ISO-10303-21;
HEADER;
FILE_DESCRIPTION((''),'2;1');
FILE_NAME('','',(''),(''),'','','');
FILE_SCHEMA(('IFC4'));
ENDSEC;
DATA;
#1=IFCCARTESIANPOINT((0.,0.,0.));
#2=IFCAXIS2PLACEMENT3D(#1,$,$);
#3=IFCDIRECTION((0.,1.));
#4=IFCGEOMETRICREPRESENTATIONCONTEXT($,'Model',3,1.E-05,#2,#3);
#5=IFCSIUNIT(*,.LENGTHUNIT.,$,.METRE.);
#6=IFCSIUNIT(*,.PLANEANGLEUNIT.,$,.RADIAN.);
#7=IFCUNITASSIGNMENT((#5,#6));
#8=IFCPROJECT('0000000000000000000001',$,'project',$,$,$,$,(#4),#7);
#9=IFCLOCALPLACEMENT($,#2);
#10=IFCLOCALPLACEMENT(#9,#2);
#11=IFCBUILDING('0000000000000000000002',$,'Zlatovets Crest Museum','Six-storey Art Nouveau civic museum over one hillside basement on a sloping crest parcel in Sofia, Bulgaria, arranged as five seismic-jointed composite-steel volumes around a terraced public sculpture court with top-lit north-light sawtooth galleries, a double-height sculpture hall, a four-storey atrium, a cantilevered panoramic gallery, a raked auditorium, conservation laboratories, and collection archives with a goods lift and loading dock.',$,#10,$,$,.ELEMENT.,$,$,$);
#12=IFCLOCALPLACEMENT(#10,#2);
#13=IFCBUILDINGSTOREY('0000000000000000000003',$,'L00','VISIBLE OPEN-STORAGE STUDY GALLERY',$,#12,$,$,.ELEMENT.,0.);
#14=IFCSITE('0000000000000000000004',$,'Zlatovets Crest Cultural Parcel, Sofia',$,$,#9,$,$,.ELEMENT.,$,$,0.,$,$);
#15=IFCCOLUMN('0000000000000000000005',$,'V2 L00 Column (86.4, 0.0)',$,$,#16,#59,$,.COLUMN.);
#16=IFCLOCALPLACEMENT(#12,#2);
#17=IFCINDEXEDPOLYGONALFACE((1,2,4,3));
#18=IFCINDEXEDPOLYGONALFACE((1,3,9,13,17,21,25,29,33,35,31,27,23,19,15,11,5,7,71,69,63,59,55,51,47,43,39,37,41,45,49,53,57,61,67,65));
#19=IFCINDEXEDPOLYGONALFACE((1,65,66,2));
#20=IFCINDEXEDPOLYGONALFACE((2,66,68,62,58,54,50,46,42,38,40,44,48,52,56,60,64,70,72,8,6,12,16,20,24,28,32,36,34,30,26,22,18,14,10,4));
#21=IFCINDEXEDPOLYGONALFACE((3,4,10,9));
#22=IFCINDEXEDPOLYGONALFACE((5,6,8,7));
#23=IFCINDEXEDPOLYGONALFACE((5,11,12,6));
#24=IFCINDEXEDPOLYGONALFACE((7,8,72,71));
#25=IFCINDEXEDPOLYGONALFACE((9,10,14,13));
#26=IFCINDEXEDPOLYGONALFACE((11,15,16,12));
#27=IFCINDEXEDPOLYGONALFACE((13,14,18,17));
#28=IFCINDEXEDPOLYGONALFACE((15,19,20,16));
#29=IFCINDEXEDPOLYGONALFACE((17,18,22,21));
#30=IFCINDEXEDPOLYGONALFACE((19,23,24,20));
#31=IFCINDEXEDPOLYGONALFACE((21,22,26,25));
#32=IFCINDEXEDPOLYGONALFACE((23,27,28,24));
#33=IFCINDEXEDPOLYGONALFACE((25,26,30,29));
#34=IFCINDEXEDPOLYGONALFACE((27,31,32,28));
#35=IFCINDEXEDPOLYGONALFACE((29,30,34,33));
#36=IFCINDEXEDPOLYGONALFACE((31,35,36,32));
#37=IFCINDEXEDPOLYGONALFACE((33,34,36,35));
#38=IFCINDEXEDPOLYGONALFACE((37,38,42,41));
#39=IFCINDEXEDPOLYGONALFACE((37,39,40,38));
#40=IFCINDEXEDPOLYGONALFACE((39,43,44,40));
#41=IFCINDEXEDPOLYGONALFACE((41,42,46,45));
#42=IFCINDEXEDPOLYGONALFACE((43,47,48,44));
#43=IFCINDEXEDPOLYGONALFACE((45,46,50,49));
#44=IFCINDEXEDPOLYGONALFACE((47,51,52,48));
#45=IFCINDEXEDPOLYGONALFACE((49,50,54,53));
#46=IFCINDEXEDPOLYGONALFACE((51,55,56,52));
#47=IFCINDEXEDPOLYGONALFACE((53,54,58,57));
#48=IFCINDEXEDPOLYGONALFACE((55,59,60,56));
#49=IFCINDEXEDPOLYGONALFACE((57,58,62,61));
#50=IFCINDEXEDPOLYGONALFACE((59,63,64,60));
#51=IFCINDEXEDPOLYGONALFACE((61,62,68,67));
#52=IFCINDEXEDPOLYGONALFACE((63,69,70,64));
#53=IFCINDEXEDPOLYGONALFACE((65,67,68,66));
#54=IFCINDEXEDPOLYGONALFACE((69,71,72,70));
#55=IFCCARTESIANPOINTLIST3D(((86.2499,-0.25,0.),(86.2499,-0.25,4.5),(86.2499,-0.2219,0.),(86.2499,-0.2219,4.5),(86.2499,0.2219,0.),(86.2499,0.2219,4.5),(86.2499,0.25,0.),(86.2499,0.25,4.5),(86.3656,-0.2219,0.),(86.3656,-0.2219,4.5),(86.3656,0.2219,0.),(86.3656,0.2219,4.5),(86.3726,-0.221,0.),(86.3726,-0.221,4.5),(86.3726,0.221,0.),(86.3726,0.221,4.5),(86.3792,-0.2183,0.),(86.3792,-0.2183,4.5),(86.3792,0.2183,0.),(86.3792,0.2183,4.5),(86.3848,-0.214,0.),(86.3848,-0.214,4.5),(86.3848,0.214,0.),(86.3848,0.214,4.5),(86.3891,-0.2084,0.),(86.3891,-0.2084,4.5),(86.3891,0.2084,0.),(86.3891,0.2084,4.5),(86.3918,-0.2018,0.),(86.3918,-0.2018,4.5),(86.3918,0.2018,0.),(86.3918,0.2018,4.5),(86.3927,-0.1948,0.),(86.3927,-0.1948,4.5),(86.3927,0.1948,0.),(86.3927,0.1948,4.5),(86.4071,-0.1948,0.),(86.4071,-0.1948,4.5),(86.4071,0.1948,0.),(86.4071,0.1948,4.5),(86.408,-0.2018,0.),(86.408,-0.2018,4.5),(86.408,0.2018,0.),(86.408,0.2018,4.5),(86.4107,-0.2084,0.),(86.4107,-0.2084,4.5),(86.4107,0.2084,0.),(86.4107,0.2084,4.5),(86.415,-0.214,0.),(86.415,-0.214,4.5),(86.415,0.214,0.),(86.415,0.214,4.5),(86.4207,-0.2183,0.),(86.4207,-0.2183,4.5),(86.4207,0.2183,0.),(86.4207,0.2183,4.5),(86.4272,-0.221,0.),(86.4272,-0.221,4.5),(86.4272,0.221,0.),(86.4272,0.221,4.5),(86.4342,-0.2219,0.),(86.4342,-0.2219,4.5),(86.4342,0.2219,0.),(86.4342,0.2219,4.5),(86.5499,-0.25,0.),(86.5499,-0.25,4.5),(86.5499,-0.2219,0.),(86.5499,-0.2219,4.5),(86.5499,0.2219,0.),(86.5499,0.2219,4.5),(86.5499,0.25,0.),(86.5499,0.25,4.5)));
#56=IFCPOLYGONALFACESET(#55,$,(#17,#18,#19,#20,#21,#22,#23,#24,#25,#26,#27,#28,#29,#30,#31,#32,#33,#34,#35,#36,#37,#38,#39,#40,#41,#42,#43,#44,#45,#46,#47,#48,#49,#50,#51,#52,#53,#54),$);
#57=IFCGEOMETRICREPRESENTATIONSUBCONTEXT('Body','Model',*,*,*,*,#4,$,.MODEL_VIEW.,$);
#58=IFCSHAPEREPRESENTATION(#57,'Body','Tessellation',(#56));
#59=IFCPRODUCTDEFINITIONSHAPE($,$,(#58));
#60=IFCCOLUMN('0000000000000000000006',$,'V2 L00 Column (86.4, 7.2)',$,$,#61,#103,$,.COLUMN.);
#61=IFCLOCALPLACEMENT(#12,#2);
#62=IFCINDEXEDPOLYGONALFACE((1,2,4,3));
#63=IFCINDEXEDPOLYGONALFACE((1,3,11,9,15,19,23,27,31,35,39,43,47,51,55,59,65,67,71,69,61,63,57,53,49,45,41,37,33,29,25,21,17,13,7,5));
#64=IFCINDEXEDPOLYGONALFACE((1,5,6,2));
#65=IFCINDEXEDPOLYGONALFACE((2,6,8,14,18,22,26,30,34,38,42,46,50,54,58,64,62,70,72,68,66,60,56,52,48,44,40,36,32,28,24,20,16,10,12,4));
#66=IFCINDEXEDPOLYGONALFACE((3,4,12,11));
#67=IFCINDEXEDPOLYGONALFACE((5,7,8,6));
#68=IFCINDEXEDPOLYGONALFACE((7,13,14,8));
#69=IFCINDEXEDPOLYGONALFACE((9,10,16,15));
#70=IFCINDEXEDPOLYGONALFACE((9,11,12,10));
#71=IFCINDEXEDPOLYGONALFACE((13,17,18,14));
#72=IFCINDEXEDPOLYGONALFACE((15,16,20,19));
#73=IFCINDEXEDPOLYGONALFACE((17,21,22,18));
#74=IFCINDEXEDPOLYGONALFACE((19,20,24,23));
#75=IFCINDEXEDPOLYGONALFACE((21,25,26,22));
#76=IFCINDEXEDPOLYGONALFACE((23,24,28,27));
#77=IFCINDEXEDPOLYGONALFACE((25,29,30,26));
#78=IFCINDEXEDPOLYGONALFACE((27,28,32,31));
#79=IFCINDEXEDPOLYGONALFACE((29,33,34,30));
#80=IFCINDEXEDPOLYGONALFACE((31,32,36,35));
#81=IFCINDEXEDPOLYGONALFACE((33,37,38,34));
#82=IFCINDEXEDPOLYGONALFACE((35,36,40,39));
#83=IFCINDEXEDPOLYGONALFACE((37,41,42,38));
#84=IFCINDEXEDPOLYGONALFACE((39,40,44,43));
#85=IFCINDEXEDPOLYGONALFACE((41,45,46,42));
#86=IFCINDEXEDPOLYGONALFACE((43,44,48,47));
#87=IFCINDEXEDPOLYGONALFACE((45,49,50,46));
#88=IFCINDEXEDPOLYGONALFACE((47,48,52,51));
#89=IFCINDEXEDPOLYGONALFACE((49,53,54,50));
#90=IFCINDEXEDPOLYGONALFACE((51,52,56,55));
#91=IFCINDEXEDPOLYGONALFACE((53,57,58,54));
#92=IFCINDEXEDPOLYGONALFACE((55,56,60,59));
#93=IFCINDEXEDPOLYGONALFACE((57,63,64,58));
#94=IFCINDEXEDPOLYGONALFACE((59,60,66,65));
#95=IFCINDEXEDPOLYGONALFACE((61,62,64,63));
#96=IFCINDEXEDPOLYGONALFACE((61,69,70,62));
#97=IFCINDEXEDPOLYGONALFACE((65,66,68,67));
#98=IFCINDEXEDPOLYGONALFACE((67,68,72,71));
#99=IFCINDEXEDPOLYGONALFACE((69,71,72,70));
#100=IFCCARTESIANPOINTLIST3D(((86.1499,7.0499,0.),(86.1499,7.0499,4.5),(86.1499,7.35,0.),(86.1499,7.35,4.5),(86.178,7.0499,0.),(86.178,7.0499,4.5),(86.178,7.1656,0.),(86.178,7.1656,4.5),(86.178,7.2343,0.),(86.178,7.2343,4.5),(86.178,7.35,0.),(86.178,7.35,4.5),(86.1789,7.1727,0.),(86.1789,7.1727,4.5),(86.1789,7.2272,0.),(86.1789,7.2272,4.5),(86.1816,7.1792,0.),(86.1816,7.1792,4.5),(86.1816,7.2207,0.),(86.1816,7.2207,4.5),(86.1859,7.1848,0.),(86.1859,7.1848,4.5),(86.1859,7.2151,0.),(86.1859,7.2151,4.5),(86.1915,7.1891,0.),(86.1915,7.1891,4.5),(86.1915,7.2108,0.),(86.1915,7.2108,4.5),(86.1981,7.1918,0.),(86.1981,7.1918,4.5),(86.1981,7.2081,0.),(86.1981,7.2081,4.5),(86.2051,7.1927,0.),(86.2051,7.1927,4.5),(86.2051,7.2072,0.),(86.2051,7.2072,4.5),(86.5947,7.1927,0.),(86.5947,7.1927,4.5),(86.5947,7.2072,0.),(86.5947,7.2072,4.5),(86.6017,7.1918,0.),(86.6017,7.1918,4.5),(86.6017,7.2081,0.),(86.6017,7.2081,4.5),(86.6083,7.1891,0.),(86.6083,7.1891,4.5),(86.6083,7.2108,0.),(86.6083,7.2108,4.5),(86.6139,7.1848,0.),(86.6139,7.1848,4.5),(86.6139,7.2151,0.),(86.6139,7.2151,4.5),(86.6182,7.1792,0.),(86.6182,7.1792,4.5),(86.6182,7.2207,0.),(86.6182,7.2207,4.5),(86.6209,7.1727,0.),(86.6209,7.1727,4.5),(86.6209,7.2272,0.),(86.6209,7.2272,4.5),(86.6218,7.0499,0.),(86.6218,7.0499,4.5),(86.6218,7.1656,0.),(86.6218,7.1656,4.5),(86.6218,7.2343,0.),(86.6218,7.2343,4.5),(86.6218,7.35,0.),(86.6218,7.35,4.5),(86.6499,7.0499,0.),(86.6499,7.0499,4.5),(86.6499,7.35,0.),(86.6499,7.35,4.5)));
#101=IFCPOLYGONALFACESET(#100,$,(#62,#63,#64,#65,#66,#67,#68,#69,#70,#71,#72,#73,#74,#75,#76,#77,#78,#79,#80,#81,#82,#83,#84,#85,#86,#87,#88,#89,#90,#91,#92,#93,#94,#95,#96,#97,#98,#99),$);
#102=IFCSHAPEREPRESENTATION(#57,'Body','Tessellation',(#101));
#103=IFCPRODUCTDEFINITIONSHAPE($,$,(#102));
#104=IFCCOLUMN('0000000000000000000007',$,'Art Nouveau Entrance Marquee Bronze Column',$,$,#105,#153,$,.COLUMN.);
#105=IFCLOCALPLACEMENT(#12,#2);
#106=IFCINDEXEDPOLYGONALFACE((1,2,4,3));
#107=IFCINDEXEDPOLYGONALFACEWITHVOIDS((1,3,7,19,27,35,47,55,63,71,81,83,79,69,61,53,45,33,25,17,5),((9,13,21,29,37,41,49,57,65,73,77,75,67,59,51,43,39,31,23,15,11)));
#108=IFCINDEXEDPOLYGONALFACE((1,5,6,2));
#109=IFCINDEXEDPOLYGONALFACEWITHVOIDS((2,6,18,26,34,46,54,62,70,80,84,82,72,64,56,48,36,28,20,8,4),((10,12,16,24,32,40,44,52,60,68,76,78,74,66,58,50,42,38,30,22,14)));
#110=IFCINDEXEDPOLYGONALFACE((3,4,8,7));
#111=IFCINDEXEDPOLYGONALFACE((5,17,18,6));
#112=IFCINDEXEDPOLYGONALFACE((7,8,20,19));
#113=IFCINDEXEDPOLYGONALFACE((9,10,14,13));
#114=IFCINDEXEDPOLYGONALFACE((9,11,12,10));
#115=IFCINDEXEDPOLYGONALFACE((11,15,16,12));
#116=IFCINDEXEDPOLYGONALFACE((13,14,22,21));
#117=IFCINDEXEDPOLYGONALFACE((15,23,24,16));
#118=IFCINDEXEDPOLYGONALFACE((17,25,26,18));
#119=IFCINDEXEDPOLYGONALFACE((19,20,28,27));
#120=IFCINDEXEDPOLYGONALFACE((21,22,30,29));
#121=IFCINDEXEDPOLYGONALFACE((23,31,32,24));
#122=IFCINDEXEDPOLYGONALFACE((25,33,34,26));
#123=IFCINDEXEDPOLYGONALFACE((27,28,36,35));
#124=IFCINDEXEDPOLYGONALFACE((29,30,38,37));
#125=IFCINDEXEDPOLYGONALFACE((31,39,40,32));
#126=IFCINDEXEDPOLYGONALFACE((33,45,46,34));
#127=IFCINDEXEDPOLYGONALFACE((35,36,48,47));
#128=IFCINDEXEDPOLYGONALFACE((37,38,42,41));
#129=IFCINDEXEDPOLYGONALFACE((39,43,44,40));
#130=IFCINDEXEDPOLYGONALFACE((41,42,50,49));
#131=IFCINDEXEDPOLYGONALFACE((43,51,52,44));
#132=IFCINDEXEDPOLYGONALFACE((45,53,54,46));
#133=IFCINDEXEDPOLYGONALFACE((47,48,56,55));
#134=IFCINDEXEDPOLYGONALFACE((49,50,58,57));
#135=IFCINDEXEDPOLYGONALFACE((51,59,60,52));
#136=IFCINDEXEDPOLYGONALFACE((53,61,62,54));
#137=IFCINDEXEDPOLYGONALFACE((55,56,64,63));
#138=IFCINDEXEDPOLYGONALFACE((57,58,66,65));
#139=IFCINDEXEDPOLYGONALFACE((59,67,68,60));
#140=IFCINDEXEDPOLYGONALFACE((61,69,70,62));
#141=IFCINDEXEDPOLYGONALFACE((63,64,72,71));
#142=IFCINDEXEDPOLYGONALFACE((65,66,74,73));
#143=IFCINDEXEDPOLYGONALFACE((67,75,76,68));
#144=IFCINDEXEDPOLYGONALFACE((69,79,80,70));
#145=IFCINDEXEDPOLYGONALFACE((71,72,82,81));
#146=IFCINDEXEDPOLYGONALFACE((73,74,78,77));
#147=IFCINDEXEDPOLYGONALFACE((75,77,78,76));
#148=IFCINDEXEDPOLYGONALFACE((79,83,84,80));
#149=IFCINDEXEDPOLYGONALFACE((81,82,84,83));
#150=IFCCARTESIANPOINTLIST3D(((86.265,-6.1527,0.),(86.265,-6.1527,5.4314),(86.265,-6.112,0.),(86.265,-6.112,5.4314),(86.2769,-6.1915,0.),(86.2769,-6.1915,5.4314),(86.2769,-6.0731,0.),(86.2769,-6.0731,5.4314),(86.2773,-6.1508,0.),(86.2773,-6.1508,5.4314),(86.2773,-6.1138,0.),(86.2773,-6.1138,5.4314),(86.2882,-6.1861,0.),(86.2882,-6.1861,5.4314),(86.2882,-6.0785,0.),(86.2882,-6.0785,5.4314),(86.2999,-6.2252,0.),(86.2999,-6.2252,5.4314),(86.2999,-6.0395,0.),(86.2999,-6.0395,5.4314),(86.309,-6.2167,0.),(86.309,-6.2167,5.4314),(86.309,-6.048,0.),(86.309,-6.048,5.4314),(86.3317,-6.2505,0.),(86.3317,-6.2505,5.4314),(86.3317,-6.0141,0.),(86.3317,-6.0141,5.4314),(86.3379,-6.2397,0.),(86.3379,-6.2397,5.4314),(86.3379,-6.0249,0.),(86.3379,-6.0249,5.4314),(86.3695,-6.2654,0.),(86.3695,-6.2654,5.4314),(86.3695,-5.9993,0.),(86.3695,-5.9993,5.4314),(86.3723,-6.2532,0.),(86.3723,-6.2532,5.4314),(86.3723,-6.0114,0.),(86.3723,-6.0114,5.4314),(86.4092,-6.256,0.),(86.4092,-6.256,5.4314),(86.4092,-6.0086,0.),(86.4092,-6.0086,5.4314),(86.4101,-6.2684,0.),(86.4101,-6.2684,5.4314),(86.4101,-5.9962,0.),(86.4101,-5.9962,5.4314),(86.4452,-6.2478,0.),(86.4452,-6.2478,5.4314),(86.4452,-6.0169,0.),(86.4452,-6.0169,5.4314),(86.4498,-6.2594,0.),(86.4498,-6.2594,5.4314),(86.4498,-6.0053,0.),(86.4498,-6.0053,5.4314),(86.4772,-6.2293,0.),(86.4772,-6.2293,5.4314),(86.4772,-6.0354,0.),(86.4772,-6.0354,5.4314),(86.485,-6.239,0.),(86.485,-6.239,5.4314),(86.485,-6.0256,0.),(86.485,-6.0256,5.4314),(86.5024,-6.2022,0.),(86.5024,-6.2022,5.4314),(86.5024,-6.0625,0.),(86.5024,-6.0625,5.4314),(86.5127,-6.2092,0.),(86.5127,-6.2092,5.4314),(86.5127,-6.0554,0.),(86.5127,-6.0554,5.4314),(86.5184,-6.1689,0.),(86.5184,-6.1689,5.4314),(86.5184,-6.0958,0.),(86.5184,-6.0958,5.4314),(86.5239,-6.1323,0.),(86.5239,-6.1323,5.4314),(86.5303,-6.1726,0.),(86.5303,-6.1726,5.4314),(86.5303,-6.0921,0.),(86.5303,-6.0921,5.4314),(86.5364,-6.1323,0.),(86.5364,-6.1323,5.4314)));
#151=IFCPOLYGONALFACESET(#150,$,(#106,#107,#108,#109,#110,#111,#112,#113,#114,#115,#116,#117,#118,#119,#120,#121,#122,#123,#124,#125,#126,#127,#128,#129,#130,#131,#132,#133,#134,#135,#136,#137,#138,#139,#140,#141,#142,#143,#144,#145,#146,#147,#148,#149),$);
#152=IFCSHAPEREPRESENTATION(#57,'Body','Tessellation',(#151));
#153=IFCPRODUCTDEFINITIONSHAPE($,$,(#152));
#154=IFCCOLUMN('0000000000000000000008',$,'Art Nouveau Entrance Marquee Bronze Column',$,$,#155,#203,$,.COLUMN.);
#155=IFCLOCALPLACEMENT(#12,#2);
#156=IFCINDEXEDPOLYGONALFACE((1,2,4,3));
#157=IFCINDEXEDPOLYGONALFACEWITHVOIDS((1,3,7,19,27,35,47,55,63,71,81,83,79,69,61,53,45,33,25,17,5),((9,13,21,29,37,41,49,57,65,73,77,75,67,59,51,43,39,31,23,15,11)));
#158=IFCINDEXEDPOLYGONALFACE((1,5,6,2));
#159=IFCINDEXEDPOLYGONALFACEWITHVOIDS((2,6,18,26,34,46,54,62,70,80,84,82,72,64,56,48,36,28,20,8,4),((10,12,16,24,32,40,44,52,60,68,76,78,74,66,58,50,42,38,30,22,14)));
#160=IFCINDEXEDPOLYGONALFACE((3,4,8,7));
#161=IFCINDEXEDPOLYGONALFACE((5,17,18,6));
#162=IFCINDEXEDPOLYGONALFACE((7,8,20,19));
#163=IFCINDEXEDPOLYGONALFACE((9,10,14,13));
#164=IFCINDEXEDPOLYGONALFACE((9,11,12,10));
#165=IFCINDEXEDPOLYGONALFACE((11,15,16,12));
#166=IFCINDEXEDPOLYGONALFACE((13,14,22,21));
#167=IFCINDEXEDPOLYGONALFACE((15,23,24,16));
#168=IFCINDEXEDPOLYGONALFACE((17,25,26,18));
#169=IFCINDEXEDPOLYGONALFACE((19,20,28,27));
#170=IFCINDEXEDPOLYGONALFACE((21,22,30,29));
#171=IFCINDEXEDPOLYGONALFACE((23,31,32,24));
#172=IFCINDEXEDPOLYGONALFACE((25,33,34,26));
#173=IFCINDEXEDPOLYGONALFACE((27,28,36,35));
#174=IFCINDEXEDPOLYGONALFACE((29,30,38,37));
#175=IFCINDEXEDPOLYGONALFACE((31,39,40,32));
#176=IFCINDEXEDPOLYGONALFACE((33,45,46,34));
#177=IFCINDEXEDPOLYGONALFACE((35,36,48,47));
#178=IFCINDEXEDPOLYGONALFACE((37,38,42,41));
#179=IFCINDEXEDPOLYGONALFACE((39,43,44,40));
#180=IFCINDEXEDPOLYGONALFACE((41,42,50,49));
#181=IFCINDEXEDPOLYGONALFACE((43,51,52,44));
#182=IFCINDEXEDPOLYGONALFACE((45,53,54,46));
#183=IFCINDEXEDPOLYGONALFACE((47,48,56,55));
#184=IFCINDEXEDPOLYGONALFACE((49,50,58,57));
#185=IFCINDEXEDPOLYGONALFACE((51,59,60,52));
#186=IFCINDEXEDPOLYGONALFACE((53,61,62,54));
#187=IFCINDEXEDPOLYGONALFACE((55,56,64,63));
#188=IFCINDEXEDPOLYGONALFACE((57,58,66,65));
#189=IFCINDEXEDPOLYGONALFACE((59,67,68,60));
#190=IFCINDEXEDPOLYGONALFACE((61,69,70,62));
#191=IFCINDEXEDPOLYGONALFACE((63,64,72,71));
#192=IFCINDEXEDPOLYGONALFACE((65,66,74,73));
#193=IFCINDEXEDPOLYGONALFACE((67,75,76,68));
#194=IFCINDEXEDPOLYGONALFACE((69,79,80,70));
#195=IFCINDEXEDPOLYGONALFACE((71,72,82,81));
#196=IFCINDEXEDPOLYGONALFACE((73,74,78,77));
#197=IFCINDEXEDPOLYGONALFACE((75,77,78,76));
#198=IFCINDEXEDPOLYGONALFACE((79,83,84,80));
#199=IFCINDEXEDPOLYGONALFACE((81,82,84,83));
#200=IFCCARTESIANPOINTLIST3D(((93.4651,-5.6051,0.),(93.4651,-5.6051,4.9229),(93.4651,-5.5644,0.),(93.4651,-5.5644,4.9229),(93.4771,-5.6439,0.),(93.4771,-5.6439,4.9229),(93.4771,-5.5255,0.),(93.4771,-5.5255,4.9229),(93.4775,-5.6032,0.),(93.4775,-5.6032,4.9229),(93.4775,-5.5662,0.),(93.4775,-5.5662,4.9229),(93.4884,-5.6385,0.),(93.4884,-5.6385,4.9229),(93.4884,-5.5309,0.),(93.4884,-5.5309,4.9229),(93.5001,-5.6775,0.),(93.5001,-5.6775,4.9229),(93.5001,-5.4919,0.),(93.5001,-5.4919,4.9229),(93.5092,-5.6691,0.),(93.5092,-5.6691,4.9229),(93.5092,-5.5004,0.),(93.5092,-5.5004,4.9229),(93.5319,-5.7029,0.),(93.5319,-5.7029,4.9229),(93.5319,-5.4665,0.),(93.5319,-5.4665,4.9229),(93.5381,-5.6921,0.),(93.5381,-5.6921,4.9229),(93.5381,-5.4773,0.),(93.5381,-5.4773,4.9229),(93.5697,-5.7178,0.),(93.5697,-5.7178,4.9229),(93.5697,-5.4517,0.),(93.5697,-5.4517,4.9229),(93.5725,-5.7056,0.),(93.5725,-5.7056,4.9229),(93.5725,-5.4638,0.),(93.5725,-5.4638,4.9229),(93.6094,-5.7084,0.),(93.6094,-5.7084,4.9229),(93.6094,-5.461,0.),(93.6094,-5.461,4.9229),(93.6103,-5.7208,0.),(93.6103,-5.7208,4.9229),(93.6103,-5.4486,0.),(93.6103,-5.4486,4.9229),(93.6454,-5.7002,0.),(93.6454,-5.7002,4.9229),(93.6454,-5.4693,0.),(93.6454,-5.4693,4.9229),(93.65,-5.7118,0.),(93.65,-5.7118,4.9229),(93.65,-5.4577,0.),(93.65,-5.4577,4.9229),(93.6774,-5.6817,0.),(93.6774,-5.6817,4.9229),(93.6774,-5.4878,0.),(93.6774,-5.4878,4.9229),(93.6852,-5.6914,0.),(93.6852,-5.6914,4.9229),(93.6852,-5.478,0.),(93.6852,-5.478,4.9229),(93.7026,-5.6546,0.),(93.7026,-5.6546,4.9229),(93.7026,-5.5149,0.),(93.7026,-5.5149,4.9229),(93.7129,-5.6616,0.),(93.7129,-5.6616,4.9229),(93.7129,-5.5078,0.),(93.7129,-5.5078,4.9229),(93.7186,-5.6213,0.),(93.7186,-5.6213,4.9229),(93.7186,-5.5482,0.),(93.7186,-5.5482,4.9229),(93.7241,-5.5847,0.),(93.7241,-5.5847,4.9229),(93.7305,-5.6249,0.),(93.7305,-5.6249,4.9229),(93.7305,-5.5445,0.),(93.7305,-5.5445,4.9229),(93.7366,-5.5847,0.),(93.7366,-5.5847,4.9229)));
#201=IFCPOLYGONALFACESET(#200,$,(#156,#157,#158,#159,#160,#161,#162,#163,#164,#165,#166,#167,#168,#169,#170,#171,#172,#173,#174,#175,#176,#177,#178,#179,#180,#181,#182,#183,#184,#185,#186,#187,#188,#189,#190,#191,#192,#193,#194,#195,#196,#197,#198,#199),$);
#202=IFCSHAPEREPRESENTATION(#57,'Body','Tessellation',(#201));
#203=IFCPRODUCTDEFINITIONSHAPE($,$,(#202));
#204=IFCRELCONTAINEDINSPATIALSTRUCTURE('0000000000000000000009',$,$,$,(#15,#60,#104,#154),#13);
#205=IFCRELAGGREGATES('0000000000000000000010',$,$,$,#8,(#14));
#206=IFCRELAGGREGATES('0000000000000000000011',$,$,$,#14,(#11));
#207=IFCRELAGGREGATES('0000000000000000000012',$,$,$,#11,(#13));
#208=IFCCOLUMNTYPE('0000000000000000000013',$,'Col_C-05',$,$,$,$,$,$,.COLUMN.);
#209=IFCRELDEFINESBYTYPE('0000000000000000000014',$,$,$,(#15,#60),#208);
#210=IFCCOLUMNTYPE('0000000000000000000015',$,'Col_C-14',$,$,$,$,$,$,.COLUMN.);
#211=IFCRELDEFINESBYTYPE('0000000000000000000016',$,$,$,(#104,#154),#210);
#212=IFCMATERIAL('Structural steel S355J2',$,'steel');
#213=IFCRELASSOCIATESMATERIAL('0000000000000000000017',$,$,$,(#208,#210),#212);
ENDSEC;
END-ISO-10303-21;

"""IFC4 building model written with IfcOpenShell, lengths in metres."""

from ifc_helpers import new_model, si_unit, direction, frame, origin, origin_2d, place, context, subcontext, project, spatial, hollow_circle, i_section, extrude, material, material_profile, profile_set, type_object, element, save


model = new_model("IFC4")

# Units and contexts
model_context = context("Model", 3, precision=1e-05, world=origin(), true_north=direction((0.0, 1.0)))
body_context = subcontext(model_context, "Body", "Model", "MODEL_VIEW")
ifc_project = project(units=[si_unit("LENGTHUNIT", "METRE"), si_unit("PLANEANGLEUNIT", "RADIAN")], contexts=[model_context])

# Site, building, storey
site_placement = place(None, origin())
site = spatial("IfcSite", under=ifc_project, at=site_placement, Name="Zlatovets Crest Cultural Parcel, Sofia", CompositionType="ELEMENT", RefElevation=0.0)
building_placement = place(site_placement, origin())
building = spatial("IfcBuilding", under=site, at=building_placement, Name="Zlatovets Crest Museum", Description="Six-storey Art Nouveau civic museum over one hillside basement on a sloping crest parcel in Sofia, Bulgaria, arranged as five seismic-jointed composite-steel volumes around a terraced public sculpture court with top-lit north-light sawtooth galleries, a double-height sculpture hall, a four-storey atrium, a cantilevered panoramic gallery, a raked auditorium, conservation laboratories, and collection archives with a goods lift and loading dock.", CompositionType="ELEMENT")
storey_placement = place(building_placement, origin())
storey = spatial("IfcBuildingStorey", under=building, at=storey_placement, Name="L00", Description="VISIBLE OPEN-STORAGE STUDY GALLERY", CompositionType="ELEMENT", Elevation=0.0)

# Columns
ifc_material_1 = material(Name="Structural steel S355J2", Category="steel")
ifc_material_profile_1 = material_profile(ifc_material_1, i_section(OverallWidth=0.3, OverallDepth=0.5, WebThickness=0.0144, FlangeThickness=0.0281, FilletRadius=0.0271, at=origin_2d()), Name="HEB 500")
ifc_profile_set_1 = profile_set([ifc_material_profile_1], Name="Structural steel S355J2")
column_type_1 = type_object("IfcColumnType", Name="Col_C-05", PredefinedType="COLUMN", material=ifc_profile_set_1)
for number, where, z_axis, x_axis, name in (
    (1, (86.3999, 0.0, 0.0), (0.0, 0.0, 1.0), (1.0, 0.0, 0.0), "V2 L00 Column (86.4, 0.0)"),
    (2, (86.3999, 7.2, 0.0), (0.0, 0.0, 1.0), (0.0, 1.0, 0.0), "V2 L00 Column (86.4, 7.2)"),
):
    element("IfcColumn", number, at=place(storey_placement, frame(where, z_axis=z_axis, x_axis=x_axis)), inside=storey, type_object=column_type_1, Name=name, PredefinedType="COLUMN", context=body_context, shape_type="SweptSolid", body=[
        extrude(i_section(OverallWidth=0.3, OverallDepth=0.5, WebThickness=0.0144, FlangeThickness=0.0281, FilletRadius=0.0271, at=origin_2d()), origin(), (0.0, 0.0, 1.0), 4.5),
    ])
ifc_material_profile_2 = material_profile(ifc_material_1, hollow_circle(Radius=0.1365, WallThickness=0.0125, at=origin_2d()), Name="CHS 273.0x12.5")
ifc_profile_set_2 = profile_set([ifc_material_profile_2], Name="Structural steel S355J2")
column_type_2 = type_object("IfcColumnType", Name="Col_C-14", PredefinedType="COLUMN", material=ifc_profile_set_2)
column_1_placement = place(storey_placement, frame((86.3999, -6.1323, 0.0), z_axis=(0.0, 0.0, 1.0), x_axis=(1.0, 0.0, 0.0)))
element("IfcColumn", 3, at=column_1_placement, inside=storey, type_object=column_type_2, Name="Art Nouveau Entrance Marquee Bronze Column", PredefinedType="COLUMN", context=body_context, shape_type="SweptSolid", body=[
    extrude(hollow_circle(Radius=0.1365, WallThickness=0.0125, at=origin_2d()), origin(), (0.0, 0.0, 1.0), 5.4314),
])
column_2_placement = place(storey_placement, frame((93.6001, -5.5847, 0.0), z_axis=(0.0, 0.0, 1.0), x_axis=(1.0, 0.0, 0.0)))
element("IfcColumn", 4, at=column_2_placement, inside=storey, type_object=column_type_2, Name="Art Nouveau Entrance Marquee Bronze Column", PredefinedType="COLUMN", context=body_context, shape_type="SweptSolid", body=[
    extrude(hollow_circle(Radius=0.1365, WallThickness=0.0125, at=origin_2d()), origin(), (0.0, 0.0, 1.0), 4.9229),
])

save(model, "model.ifc")
